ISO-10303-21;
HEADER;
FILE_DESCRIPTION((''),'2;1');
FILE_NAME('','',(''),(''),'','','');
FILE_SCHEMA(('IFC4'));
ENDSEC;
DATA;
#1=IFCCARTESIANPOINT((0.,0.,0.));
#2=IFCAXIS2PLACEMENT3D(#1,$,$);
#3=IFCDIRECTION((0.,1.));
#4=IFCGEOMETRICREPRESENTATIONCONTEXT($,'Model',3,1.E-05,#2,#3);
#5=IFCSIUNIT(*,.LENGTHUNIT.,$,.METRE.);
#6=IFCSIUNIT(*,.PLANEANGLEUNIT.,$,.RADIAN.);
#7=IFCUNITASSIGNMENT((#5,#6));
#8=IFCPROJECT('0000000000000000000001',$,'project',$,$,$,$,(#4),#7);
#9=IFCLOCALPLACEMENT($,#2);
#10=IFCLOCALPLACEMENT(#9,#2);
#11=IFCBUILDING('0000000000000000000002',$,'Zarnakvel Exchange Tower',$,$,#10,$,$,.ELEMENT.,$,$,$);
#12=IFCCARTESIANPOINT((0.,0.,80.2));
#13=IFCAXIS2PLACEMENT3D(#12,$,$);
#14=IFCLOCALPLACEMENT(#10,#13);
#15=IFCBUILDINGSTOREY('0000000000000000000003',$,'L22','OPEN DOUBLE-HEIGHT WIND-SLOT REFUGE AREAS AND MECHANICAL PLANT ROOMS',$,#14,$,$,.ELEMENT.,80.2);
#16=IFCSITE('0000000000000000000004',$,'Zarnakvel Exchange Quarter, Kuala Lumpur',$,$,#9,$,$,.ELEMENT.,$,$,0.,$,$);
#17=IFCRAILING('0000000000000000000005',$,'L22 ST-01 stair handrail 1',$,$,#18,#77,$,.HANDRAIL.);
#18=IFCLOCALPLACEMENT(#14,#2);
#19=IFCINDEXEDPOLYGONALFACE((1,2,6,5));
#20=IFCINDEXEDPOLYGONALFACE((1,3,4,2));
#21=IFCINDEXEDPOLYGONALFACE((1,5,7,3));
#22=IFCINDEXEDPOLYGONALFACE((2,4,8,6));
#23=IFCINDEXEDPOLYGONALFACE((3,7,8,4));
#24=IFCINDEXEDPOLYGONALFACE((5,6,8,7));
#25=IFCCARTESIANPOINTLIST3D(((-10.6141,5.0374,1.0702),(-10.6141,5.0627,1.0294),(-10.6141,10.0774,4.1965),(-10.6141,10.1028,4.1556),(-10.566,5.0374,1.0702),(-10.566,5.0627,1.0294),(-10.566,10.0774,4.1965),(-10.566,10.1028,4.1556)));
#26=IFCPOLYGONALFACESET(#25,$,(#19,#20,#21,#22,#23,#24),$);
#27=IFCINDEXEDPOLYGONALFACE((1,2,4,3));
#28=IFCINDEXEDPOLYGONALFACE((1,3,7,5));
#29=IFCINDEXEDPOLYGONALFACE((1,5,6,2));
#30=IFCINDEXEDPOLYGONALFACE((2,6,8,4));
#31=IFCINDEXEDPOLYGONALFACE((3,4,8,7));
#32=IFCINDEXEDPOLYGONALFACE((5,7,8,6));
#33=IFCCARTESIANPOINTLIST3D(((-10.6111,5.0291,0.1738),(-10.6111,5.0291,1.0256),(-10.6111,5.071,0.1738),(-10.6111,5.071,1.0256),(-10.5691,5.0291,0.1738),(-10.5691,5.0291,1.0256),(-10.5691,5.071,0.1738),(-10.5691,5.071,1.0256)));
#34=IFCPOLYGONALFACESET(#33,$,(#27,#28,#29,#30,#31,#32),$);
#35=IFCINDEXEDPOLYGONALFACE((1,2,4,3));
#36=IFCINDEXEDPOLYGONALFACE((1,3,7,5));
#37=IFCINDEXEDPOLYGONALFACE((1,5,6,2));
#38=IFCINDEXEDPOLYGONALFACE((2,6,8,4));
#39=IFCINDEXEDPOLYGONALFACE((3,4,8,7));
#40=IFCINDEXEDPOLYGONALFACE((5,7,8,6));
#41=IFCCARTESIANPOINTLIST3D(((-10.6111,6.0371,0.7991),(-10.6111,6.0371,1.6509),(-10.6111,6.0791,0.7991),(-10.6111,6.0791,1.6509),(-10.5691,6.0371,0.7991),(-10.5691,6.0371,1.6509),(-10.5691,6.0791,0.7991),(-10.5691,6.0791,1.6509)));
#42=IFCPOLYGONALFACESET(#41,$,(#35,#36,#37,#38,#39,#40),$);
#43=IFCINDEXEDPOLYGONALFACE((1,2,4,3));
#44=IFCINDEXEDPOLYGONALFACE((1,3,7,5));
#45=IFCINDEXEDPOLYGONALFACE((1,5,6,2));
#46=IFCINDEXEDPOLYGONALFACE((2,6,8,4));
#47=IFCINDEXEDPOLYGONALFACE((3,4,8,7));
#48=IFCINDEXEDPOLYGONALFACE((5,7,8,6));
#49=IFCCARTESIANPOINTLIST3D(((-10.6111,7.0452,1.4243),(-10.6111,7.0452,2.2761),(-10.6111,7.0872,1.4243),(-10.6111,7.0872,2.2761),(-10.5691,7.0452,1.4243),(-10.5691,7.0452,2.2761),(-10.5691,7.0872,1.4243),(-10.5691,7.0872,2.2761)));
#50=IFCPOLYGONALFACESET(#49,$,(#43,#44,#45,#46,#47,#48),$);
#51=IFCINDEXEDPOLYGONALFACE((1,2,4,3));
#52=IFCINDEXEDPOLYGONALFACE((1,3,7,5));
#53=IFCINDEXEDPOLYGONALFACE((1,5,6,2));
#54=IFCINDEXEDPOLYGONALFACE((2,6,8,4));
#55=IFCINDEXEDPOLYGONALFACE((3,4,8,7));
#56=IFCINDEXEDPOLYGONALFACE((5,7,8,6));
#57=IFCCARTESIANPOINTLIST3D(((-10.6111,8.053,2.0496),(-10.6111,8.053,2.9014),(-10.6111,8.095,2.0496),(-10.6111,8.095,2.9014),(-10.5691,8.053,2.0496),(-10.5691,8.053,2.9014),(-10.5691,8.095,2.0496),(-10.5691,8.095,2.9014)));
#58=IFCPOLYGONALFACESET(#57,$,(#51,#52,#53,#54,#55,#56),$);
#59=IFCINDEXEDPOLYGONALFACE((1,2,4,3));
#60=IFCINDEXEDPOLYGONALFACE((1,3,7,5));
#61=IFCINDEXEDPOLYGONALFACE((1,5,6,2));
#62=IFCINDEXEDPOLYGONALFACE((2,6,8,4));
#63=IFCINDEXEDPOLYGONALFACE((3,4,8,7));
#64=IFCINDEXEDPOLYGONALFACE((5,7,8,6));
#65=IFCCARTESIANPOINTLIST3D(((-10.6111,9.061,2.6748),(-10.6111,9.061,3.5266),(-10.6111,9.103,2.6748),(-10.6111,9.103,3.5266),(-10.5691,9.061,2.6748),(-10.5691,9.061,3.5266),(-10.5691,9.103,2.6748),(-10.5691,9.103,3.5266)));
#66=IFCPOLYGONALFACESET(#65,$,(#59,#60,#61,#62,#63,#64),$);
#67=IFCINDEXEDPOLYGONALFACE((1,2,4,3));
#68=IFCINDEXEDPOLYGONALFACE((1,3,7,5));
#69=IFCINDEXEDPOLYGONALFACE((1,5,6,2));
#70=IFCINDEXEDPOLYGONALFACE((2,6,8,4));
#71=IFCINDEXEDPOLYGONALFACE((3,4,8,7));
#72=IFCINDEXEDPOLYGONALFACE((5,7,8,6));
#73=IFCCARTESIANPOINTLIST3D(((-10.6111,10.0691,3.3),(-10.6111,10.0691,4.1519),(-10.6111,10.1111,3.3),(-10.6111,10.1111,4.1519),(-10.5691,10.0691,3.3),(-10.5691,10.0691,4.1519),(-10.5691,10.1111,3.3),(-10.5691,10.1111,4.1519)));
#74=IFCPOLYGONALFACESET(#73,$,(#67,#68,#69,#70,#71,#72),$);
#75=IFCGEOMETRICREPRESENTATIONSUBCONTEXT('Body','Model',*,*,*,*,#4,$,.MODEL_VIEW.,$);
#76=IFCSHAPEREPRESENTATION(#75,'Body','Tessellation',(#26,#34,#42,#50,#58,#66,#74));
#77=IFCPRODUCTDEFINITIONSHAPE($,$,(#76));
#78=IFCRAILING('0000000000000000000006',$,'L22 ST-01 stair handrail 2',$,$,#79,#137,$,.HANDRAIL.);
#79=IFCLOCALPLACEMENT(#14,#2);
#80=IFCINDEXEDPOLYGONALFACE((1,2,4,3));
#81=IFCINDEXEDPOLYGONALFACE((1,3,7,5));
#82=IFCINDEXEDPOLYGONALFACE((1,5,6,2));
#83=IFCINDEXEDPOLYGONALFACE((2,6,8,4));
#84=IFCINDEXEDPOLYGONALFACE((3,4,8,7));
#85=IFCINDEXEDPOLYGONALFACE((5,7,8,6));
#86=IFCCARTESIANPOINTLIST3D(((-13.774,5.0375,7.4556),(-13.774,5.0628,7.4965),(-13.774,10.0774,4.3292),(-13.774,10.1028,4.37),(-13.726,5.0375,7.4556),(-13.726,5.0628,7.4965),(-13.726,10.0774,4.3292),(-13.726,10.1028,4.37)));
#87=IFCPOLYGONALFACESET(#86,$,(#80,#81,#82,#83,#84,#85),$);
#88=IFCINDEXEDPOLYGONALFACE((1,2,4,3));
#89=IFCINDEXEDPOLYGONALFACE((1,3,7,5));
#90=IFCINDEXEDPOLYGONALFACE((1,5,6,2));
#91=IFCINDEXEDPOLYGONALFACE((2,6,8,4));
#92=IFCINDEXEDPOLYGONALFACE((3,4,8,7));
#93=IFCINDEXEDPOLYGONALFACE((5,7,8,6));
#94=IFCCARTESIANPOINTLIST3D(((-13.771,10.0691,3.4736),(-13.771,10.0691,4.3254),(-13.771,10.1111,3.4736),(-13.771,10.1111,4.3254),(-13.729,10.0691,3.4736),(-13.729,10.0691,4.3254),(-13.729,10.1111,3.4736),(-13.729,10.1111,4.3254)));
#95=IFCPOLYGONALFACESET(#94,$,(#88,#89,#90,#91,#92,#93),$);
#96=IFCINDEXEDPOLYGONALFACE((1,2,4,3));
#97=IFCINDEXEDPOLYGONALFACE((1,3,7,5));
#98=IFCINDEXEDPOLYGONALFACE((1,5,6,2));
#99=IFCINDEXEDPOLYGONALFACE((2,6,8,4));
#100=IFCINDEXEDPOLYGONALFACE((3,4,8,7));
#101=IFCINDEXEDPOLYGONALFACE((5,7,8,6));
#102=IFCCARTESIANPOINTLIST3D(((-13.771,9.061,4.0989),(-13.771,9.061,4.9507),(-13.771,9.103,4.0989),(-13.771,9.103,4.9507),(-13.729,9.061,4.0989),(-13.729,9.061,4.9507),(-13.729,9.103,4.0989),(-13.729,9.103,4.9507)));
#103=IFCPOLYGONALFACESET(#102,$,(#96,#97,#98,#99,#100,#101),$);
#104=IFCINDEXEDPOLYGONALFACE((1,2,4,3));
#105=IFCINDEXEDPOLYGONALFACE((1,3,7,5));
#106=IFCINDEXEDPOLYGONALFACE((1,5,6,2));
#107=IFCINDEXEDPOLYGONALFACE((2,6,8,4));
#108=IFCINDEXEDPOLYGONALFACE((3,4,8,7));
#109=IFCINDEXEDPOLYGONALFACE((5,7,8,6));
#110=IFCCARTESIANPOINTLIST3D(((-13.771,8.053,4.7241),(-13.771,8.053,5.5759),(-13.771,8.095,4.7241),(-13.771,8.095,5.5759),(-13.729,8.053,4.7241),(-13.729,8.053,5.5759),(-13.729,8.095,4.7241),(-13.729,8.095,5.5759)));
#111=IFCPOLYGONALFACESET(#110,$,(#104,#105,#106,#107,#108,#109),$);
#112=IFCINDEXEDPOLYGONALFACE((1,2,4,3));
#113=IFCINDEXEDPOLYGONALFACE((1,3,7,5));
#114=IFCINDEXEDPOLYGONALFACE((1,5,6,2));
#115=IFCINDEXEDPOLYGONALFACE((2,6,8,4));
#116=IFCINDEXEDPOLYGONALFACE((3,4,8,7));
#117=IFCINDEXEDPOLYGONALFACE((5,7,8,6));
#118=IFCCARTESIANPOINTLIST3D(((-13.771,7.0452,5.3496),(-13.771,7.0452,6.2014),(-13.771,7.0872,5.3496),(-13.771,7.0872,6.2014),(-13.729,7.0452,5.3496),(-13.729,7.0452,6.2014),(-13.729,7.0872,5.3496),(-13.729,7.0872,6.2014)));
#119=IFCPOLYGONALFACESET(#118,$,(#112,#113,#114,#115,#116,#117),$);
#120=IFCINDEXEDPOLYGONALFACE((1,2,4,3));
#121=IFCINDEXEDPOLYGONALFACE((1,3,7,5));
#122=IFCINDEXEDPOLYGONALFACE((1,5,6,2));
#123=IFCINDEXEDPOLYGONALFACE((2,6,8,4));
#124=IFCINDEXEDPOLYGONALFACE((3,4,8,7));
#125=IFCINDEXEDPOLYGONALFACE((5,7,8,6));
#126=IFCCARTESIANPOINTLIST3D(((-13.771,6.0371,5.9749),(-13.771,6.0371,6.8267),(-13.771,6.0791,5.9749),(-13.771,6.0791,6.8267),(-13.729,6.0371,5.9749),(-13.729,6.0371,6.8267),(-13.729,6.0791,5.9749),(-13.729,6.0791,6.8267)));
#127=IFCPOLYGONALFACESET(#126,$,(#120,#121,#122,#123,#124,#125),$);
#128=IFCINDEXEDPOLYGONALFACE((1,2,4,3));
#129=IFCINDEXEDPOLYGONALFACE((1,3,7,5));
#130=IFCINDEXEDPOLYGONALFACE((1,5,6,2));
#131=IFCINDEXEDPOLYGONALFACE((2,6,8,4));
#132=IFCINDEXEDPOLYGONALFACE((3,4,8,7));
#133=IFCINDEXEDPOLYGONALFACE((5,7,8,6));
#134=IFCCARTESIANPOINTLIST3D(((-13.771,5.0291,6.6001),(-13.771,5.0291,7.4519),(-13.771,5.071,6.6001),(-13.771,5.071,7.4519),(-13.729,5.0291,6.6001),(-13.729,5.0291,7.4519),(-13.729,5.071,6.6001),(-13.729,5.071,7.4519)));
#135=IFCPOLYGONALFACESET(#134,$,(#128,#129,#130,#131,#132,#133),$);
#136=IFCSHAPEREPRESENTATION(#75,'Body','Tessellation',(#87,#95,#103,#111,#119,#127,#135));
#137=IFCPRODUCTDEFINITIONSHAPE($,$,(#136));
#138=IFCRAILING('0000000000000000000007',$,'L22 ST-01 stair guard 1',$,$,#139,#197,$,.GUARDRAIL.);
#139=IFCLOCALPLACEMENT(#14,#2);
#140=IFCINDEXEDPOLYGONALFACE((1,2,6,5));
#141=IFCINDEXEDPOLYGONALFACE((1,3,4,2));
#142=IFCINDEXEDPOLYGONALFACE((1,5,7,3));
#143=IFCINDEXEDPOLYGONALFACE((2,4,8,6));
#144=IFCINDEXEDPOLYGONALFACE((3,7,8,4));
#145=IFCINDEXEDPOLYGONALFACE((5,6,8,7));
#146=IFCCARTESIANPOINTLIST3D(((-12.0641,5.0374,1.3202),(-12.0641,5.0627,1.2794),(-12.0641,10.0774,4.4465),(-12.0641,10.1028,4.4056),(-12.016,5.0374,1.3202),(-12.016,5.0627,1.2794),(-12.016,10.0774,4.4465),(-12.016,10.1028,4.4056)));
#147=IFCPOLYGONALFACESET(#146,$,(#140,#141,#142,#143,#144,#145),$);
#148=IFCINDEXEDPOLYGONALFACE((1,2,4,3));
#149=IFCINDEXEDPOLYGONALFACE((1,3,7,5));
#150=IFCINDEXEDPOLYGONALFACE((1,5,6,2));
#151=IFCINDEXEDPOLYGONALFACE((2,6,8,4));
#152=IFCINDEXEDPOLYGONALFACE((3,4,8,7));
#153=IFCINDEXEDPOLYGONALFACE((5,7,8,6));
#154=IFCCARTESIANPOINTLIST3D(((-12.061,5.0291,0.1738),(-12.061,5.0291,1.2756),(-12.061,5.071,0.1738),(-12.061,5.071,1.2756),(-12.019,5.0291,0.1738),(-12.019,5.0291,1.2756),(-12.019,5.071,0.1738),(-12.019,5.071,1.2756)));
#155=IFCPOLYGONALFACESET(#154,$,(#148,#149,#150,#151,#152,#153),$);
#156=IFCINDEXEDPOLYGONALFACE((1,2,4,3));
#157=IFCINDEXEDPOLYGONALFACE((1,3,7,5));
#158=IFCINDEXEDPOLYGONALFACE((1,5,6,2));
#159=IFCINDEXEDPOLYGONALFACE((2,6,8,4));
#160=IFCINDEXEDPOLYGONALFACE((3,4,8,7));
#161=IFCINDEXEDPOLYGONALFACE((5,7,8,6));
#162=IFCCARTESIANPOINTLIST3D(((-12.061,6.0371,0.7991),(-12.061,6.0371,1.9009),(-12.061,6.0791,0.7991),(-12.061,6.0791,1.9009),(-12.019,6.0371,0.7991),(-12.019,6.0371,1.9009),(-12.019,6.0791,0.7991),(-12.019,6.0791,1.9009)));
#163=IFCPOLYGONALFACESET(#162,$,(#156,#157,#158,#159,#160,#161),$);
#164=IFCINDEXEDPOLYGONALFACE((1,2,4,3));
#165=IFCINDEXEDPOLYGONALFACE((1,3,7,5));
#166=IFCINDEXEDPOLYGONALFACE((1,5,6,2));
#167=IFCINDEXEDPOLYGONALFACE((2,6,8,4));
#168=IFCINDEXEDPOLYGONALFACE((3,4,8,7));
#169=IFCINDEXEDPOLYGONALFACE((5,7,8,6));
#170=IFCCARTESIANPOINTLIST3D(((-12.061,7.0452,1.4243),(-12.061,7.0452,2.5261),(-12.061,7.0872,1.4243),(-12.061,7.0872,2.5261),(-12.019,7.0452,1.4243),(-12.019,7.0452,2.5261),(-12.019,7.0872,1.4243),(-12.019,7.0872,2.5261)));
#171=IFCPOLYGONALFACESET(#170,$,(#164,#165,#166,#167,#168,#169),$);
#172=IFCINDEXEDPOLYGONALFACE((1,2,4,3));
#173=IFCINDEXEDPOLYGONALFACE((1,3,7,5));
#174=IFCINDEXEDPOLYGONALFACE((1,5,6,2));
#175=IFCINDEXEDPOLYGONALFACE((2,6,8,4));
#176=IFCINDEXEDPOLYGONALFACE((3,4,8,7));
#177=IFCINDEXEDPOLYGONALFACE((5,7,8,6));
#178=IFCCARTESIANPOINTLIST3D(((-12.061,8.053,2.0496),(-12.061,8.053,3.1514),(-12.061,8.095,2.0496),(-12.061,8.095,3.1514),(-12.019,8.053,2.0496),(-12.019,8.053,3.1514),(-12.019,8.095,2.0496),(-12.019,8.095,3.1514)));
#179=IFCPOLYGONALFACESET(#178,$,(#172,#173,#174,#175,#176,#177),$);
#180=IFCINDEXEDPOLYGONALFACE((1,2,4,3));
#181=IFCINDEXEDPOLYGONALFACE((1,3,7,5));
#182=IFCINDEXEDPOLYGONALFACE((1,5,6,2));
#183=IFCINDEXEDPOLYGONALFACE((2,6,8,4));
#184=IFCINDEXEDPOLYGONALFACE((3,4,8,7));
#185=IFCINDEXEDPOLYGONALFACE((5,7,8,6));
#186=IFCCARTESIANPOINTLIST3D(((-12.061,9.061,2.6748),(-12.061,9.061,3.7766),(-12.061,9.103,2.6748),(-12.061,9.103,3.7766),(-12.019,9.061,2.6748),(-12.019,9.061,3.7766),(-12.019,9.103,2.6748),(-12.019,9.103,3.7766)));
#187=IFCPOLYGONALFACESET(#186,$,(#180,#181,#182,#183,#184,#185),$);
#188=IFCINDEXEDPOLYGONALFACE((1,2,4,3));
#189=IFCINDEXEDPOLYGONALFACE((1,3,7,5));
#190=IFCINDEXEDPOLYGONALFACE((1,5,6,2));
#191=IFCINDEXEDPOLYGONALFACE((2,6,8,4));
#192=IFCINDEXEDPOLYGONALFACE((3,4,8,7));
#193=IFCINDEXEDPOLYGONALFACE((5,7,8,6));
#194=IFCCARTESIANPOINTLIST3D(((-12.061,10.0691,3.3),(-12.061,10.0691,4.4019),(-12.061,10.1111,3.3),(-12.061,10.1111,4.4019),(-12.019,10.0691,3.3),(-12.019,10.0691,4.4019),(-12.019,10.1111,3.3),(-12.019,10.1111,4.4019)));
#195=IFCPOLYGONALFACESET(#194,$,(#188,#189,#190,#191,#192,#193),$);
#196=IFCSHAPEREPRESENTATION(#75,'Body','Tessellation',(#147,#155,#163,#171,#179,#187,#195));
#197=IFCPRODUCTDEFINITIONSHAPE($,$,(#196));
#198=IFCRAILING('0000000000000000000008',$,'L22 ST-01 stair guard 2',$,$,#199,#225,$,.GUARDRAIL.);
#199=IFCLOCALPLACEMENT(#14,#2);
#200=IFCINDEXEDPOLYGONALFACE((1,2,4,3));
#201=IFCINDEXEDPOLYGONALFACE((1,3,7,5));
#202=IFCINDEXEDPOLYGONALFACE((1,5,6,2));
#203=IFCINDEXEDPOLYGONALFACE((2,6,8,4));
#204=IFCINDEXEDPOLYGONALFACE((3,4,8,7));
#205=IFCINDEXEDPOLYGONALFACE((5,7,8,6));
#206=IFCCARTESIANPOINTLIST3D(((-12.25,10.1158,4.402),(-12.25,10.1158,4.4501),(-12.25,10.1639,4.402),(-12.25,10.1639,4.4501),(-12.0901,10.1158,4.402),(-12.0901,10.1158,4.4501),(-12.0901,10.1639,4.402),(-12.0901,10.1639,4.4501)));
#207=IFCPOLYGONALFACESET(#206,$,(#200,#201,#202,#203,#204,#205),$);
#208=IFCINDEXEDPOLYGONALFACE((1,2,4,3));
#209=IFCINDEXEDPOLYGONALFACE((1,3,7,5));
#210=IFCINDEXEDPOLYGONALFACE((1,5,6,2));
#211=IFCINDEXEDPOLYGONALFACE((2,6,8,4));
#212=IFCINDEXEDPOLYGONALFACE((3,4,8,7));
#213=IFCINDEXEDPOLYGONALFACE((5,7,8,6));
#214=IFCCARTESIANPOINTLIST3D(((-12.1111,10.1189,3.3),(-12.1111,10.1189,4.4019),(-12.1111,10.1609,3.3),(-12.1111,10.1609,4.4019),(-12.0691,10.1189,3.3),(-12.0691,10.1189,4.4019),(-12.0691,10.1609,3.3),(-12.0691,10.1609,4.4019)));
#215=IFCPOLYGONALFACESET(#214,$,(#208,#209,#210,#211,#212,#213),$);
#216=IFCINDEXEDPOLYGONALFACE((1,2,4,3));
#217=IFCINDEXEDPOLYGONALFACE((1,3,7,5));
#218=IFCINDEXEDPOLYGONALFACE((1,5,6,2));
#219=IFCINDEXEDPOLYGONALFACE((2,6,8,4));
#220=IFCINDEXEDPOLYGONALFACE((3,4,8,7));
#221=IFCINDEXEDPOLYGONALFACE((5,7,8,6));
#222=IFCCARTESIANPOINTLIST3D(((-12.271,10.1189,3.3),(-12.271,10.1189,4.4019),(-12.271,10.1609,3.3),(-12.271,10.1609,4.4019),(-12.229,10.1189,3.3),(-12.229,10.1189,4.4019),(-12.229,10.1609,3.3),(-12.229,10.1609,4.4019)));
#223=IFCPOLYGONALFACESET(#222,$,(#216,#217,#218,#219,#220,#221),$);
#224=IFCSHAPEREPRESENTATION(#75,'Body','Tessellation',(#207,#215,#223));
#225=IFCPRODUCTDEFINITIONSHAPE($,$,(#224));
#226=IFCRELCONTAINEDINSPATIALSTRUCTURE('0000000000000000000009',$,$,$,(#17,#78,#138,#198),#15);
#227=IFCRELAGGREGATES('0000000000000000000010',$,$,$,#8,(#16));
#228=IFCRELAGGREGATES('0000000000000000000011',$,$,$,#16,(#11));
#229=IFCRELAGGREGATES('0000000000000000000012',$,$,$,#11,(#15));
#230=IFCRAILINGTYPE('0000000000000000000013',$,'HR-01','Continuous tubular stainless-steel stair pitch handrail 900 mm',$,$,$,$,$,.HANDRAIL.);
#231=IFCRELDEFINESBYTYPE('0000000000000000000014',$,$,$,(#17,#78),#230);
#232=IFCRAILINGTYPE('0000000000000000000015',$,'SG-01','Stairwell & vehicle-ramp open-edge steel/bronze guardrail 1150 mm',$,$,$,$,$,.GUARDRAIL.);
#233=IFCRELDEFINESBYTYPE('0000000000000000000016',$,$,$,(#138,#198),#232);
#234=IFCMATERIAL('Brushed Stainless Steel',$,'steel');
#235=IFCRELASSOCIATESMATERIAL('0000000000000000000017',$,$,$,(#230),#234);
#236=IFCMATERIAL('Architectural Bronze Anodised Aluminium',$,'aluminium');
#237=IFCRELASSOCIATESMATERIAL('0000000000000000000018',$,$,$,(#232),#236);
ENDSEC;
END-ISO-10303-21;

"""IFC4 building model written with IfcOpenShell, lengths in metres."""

from ifc_helpers import new_model, si_unit, direction, frame, origin, origin_2d, place, context, subcontext, project, spatial, rectangle, extrude, material, type_object, element, save


model = new_model("IFC4")

# Units and contexts
model_context = context("Model", 3, precision=1e-05, world=origin(), true_north=direction((0.0, 1.0)))
body_context = subcontext(model_context, "Body", "Model", "MODEL_VIEW")
ifc_project = project(units=[si_unit("LENGTHUNIT", "METRE"), si_unit("PLANEANGLEUNIT", "RADIAN")], contexts=[model_context])

# Site, building, storey
site_placement = place(None, origin())
site = spatial("IfcSite", under=ifc_project, at=site_placement, Name="Zarnakvel Exchange Quarter, Kuala Lumpur", CompositionType="ELEMENT", RefElevation=0.0)
building_placement = place(site_placement, origin())
building = spatial("IfcBuilding", under=site, at=building_placement, Name="Zarnakvel Exchange Tower", CompositionType="ELEMENT")
storey_placement = place(building_placement, frame((0.0, 0.0, 80.2)))
storey = spatial("IfcBuildingStorey", under=building, at=storey_placement, Name="L22", Description="OPEN DOUBLE-HEIGHT WIND-SLOT REFUGE AREAS AND MECHANICAL PLANT ROOMS", CompositionType="ELEMENT", Elevation=80.2)

# Railings
ifc_material_1 = material(Name="Brushed Stainless Steel", Category="steel")
railing_type_1 = type_object("IfcRailingType", Name="HR-01", Description="Continuous tubular stainless-steel stair pitch handrail 900 mm", PredefinedType="HANDRAIL", material=ifc_material_1)
railing_1_placement = place(storey_placement, frame((-10.5901, 5.05, 0.1738)))
element("IfcRailing", 1, at=railing_1_placement, inside=storey, type_object=railing_type_1, Name="L22 ST-01 stair handrail 1", PredefinedType="HANDRAIL", context=body_context, shape_type="SweptSolid", body=[
    extrude(rectangle(XDim=0.0481, YDim=0.0481, at=origin_2d()), frame((0.0, 0.0, 0.876), z_axis=(0.0, 0.849797, 0.52711), x_axis=(-1.0, 0.0, 0.0)), (0.0, 0.0, 1.0), 5.9309),
    extrude(rectangle(XDim=0.042, YDim=0.042, at=origin_2d()), origin(), (0.0, 0.0, 1.0), 0.8518),
    extrude(rectangle(XDim=0.042, YDim=0.042, at=origin_2d()), frame((0.0, 1.0081, 0.6252)), (0.0, 0.0, 1.0), 0.8518),
    extrude(rectangle(XDim=0.042, YDim=0.042, at=origin_2d()), frame((0.0, 2.0161, 1.2505)), (0.0, 0.0, 1.0), 0.8518),
    extrude(rectangle(XDim=0.042, YDim=0.042, at=origin_2d()), frame((0.0, 3.0239, 1.8757)), (0.0, 0.0, 1.0), 0.8518),
    extrude(rectangle(XDim=0.042, YDim=0.042, at=origin_2d()), frame((0.0, 4.032, 2.501)), (0.0, 0.0, 1.0), 0.8518),
    extrude(rectangle(XDim=0.042, YDim=0.042, at=origin_2d()), frame((0.0, 5.04, 3.1262)), (0.0, 0.0, 1.0), 0.8518),
])
railing_2_placement = place(storey_placement, frame((-13.75, 10.0901, 3.4736)))
element("IfcRailing", 2, at=railing_2_placement, inside=storey, type_object=railing_type_1, Name="L22 ST-01 stair handrail 2", PredefinedType="HANDRAIL", context=body_context, shape_type="SweptSolid", body=[
    extrude(rectangle(XDim=0.0481, YDim=0.0481, at=origin_2d()), frame((0.0, 0.0, 0.876), z_axis=(0.0, -0.849779, 0.527139), x_axis=(1.0, 0.0, 0.0)), (0.0, 0.0, 1.0), 5.9309),
    extrude(rectangle(XDim=0.042, YDim=0.042, at=origin_2d()), origin(), (0.0, 0.0, 1.0), 0.8518),
    extrude(rectangle(XDim=0.042, YDim=0.042, at=origin_2d()), frame((0.0, -1.0081, 0.6252)), (0.0, 0.0, 1.0), 0.8518),
    extrude(rectangle(XDim=0.042, YDim=0.042, at=origin_2d()), frame((0.0, -2.0161, 1.2505)), (0.0, 0.0, 1.0), 0.8518),
    extrude(rectangle(XDim=0.042, YDim=0.042, at=origin_2d()), frame((0.0, -3.0239, 1.876)), (0.0, 0.0, 1.0), 0.8518),
    extrude(rectangle(XDim=0.042, YDim=0.042, at=origin_2d()), frame((0.0, -4.032, 2.5012)), (0.0, 0.0, 1.0), 0.8518),
    extrude(rectangle(XDim=0.042, YDim=0.042, at=origin_2d()), frame((0.0, -5.04, 3.1265)), (0.0, 0.0, 1.0), 0.8518),
])
ifc_material_2 = material(Name="Architectural Bronze Anodised Aluminium", Category="aluminium")
railing_type_2 = type_object("IfcRailingType", Name="SG-01", Description="Stairwell & vehicle-ramp open-edge steel/bronze guardrail 1150 mm", PredefinedType="GUARDRAIL", material=ifc_material_2)
railing_3_placement = place(storey_placement, frame((-12.04, 5.05, 0.1738)))
element("IfcRailing", 3, at=railing_3_placement, inside=storey, type_object=railing_type_2, Name="L22 ST-01 stair guard 1", PredefinedType="GUARDRAIL", context=body_context, shape_type="SweptSolid", body=[
    extrude(rectangle(XDim=0.0481, YDim=0.0481, at=origin_2d()), frame((0.0, 0.0, 1.126), z_axis=(0.0, 0.849797, 0.52711), x_axis=(-1.0, 0.0, 0.0)), (0.0, 0.0, 1.0), 5.9309),
    extrude(rectangle(XDim=0.042, YDim=0.042, at=origin_2d()), origin(), (0.0, 0.0, 1.0), 1.1018),
    extrude(rectangle(XDim=0.042, YDim=0.042, at=origin_2d()), frame((0.0, 1.0081, 0.6252)), (0.0, 0.0, 1.0), 1.1018),
    extrude(rectangle(XDim=0.042, YDim=0.042, at=origin_2d()), frame((0.0, 2.0161, 1.2505)), (0.0, 0.0, 1.0), 1.1018),
    extrude(rectangle(XDim=0.042, YDim=0.042, at=origin_2d()), frame((0.0, 3.0239, 1.8757)), (0.0, 0.0, 1.0), 1.1018),
    extrude(rectangle(XDim=0.042, YDim=0.042, at=origin_2d()), frame((0.0, 4.032, 2.501)), (0.0, 0.0, 1.0), 1.1018),
    extrude(rectangle(XDim=0.042, YDim=0.042, at=origin_2d()), frame((0.0, 5.04, 3.1262)), (0.0, 0.0, 1.0), 1.1018),
])
railing_4_placement = place(storey_placement, frame((-12.0901, 10.1399, 3.3)))
element("IfcRailing", 4, at=railing_4_placement, inside=storey, type_object=railing_type_2, Name="L22 ST-01 stair guard 2", PredefinedType="GUARDRAIL", context=body_context, shape_type="SweptSolid", body=[
    extrude(rectangle(XDim=0.0481, YDim=0.0481, at=origin_2d()), frame((0.0, 0.0, 1.126), z_axis=(-1.0, 0.0, 0.0), x_axis=(0.0, -1.0, 0.0)), (0.0, 0.0, 1.0), 0.1599),
    extrude(rectangle(XDim=0.042, YDim=0.042, at=origin_2d()), origin(), (0.0, 0.0, 1.0), 1.1018),
    extrude(rectangle(XDim=0.042, YDim=0.042, at=origin_2d()), frame((-0.1599, 0.0, 0.0)), (0.0, 0.0, 1.0), 1.1018),
])

save(model, "model.ifc")
